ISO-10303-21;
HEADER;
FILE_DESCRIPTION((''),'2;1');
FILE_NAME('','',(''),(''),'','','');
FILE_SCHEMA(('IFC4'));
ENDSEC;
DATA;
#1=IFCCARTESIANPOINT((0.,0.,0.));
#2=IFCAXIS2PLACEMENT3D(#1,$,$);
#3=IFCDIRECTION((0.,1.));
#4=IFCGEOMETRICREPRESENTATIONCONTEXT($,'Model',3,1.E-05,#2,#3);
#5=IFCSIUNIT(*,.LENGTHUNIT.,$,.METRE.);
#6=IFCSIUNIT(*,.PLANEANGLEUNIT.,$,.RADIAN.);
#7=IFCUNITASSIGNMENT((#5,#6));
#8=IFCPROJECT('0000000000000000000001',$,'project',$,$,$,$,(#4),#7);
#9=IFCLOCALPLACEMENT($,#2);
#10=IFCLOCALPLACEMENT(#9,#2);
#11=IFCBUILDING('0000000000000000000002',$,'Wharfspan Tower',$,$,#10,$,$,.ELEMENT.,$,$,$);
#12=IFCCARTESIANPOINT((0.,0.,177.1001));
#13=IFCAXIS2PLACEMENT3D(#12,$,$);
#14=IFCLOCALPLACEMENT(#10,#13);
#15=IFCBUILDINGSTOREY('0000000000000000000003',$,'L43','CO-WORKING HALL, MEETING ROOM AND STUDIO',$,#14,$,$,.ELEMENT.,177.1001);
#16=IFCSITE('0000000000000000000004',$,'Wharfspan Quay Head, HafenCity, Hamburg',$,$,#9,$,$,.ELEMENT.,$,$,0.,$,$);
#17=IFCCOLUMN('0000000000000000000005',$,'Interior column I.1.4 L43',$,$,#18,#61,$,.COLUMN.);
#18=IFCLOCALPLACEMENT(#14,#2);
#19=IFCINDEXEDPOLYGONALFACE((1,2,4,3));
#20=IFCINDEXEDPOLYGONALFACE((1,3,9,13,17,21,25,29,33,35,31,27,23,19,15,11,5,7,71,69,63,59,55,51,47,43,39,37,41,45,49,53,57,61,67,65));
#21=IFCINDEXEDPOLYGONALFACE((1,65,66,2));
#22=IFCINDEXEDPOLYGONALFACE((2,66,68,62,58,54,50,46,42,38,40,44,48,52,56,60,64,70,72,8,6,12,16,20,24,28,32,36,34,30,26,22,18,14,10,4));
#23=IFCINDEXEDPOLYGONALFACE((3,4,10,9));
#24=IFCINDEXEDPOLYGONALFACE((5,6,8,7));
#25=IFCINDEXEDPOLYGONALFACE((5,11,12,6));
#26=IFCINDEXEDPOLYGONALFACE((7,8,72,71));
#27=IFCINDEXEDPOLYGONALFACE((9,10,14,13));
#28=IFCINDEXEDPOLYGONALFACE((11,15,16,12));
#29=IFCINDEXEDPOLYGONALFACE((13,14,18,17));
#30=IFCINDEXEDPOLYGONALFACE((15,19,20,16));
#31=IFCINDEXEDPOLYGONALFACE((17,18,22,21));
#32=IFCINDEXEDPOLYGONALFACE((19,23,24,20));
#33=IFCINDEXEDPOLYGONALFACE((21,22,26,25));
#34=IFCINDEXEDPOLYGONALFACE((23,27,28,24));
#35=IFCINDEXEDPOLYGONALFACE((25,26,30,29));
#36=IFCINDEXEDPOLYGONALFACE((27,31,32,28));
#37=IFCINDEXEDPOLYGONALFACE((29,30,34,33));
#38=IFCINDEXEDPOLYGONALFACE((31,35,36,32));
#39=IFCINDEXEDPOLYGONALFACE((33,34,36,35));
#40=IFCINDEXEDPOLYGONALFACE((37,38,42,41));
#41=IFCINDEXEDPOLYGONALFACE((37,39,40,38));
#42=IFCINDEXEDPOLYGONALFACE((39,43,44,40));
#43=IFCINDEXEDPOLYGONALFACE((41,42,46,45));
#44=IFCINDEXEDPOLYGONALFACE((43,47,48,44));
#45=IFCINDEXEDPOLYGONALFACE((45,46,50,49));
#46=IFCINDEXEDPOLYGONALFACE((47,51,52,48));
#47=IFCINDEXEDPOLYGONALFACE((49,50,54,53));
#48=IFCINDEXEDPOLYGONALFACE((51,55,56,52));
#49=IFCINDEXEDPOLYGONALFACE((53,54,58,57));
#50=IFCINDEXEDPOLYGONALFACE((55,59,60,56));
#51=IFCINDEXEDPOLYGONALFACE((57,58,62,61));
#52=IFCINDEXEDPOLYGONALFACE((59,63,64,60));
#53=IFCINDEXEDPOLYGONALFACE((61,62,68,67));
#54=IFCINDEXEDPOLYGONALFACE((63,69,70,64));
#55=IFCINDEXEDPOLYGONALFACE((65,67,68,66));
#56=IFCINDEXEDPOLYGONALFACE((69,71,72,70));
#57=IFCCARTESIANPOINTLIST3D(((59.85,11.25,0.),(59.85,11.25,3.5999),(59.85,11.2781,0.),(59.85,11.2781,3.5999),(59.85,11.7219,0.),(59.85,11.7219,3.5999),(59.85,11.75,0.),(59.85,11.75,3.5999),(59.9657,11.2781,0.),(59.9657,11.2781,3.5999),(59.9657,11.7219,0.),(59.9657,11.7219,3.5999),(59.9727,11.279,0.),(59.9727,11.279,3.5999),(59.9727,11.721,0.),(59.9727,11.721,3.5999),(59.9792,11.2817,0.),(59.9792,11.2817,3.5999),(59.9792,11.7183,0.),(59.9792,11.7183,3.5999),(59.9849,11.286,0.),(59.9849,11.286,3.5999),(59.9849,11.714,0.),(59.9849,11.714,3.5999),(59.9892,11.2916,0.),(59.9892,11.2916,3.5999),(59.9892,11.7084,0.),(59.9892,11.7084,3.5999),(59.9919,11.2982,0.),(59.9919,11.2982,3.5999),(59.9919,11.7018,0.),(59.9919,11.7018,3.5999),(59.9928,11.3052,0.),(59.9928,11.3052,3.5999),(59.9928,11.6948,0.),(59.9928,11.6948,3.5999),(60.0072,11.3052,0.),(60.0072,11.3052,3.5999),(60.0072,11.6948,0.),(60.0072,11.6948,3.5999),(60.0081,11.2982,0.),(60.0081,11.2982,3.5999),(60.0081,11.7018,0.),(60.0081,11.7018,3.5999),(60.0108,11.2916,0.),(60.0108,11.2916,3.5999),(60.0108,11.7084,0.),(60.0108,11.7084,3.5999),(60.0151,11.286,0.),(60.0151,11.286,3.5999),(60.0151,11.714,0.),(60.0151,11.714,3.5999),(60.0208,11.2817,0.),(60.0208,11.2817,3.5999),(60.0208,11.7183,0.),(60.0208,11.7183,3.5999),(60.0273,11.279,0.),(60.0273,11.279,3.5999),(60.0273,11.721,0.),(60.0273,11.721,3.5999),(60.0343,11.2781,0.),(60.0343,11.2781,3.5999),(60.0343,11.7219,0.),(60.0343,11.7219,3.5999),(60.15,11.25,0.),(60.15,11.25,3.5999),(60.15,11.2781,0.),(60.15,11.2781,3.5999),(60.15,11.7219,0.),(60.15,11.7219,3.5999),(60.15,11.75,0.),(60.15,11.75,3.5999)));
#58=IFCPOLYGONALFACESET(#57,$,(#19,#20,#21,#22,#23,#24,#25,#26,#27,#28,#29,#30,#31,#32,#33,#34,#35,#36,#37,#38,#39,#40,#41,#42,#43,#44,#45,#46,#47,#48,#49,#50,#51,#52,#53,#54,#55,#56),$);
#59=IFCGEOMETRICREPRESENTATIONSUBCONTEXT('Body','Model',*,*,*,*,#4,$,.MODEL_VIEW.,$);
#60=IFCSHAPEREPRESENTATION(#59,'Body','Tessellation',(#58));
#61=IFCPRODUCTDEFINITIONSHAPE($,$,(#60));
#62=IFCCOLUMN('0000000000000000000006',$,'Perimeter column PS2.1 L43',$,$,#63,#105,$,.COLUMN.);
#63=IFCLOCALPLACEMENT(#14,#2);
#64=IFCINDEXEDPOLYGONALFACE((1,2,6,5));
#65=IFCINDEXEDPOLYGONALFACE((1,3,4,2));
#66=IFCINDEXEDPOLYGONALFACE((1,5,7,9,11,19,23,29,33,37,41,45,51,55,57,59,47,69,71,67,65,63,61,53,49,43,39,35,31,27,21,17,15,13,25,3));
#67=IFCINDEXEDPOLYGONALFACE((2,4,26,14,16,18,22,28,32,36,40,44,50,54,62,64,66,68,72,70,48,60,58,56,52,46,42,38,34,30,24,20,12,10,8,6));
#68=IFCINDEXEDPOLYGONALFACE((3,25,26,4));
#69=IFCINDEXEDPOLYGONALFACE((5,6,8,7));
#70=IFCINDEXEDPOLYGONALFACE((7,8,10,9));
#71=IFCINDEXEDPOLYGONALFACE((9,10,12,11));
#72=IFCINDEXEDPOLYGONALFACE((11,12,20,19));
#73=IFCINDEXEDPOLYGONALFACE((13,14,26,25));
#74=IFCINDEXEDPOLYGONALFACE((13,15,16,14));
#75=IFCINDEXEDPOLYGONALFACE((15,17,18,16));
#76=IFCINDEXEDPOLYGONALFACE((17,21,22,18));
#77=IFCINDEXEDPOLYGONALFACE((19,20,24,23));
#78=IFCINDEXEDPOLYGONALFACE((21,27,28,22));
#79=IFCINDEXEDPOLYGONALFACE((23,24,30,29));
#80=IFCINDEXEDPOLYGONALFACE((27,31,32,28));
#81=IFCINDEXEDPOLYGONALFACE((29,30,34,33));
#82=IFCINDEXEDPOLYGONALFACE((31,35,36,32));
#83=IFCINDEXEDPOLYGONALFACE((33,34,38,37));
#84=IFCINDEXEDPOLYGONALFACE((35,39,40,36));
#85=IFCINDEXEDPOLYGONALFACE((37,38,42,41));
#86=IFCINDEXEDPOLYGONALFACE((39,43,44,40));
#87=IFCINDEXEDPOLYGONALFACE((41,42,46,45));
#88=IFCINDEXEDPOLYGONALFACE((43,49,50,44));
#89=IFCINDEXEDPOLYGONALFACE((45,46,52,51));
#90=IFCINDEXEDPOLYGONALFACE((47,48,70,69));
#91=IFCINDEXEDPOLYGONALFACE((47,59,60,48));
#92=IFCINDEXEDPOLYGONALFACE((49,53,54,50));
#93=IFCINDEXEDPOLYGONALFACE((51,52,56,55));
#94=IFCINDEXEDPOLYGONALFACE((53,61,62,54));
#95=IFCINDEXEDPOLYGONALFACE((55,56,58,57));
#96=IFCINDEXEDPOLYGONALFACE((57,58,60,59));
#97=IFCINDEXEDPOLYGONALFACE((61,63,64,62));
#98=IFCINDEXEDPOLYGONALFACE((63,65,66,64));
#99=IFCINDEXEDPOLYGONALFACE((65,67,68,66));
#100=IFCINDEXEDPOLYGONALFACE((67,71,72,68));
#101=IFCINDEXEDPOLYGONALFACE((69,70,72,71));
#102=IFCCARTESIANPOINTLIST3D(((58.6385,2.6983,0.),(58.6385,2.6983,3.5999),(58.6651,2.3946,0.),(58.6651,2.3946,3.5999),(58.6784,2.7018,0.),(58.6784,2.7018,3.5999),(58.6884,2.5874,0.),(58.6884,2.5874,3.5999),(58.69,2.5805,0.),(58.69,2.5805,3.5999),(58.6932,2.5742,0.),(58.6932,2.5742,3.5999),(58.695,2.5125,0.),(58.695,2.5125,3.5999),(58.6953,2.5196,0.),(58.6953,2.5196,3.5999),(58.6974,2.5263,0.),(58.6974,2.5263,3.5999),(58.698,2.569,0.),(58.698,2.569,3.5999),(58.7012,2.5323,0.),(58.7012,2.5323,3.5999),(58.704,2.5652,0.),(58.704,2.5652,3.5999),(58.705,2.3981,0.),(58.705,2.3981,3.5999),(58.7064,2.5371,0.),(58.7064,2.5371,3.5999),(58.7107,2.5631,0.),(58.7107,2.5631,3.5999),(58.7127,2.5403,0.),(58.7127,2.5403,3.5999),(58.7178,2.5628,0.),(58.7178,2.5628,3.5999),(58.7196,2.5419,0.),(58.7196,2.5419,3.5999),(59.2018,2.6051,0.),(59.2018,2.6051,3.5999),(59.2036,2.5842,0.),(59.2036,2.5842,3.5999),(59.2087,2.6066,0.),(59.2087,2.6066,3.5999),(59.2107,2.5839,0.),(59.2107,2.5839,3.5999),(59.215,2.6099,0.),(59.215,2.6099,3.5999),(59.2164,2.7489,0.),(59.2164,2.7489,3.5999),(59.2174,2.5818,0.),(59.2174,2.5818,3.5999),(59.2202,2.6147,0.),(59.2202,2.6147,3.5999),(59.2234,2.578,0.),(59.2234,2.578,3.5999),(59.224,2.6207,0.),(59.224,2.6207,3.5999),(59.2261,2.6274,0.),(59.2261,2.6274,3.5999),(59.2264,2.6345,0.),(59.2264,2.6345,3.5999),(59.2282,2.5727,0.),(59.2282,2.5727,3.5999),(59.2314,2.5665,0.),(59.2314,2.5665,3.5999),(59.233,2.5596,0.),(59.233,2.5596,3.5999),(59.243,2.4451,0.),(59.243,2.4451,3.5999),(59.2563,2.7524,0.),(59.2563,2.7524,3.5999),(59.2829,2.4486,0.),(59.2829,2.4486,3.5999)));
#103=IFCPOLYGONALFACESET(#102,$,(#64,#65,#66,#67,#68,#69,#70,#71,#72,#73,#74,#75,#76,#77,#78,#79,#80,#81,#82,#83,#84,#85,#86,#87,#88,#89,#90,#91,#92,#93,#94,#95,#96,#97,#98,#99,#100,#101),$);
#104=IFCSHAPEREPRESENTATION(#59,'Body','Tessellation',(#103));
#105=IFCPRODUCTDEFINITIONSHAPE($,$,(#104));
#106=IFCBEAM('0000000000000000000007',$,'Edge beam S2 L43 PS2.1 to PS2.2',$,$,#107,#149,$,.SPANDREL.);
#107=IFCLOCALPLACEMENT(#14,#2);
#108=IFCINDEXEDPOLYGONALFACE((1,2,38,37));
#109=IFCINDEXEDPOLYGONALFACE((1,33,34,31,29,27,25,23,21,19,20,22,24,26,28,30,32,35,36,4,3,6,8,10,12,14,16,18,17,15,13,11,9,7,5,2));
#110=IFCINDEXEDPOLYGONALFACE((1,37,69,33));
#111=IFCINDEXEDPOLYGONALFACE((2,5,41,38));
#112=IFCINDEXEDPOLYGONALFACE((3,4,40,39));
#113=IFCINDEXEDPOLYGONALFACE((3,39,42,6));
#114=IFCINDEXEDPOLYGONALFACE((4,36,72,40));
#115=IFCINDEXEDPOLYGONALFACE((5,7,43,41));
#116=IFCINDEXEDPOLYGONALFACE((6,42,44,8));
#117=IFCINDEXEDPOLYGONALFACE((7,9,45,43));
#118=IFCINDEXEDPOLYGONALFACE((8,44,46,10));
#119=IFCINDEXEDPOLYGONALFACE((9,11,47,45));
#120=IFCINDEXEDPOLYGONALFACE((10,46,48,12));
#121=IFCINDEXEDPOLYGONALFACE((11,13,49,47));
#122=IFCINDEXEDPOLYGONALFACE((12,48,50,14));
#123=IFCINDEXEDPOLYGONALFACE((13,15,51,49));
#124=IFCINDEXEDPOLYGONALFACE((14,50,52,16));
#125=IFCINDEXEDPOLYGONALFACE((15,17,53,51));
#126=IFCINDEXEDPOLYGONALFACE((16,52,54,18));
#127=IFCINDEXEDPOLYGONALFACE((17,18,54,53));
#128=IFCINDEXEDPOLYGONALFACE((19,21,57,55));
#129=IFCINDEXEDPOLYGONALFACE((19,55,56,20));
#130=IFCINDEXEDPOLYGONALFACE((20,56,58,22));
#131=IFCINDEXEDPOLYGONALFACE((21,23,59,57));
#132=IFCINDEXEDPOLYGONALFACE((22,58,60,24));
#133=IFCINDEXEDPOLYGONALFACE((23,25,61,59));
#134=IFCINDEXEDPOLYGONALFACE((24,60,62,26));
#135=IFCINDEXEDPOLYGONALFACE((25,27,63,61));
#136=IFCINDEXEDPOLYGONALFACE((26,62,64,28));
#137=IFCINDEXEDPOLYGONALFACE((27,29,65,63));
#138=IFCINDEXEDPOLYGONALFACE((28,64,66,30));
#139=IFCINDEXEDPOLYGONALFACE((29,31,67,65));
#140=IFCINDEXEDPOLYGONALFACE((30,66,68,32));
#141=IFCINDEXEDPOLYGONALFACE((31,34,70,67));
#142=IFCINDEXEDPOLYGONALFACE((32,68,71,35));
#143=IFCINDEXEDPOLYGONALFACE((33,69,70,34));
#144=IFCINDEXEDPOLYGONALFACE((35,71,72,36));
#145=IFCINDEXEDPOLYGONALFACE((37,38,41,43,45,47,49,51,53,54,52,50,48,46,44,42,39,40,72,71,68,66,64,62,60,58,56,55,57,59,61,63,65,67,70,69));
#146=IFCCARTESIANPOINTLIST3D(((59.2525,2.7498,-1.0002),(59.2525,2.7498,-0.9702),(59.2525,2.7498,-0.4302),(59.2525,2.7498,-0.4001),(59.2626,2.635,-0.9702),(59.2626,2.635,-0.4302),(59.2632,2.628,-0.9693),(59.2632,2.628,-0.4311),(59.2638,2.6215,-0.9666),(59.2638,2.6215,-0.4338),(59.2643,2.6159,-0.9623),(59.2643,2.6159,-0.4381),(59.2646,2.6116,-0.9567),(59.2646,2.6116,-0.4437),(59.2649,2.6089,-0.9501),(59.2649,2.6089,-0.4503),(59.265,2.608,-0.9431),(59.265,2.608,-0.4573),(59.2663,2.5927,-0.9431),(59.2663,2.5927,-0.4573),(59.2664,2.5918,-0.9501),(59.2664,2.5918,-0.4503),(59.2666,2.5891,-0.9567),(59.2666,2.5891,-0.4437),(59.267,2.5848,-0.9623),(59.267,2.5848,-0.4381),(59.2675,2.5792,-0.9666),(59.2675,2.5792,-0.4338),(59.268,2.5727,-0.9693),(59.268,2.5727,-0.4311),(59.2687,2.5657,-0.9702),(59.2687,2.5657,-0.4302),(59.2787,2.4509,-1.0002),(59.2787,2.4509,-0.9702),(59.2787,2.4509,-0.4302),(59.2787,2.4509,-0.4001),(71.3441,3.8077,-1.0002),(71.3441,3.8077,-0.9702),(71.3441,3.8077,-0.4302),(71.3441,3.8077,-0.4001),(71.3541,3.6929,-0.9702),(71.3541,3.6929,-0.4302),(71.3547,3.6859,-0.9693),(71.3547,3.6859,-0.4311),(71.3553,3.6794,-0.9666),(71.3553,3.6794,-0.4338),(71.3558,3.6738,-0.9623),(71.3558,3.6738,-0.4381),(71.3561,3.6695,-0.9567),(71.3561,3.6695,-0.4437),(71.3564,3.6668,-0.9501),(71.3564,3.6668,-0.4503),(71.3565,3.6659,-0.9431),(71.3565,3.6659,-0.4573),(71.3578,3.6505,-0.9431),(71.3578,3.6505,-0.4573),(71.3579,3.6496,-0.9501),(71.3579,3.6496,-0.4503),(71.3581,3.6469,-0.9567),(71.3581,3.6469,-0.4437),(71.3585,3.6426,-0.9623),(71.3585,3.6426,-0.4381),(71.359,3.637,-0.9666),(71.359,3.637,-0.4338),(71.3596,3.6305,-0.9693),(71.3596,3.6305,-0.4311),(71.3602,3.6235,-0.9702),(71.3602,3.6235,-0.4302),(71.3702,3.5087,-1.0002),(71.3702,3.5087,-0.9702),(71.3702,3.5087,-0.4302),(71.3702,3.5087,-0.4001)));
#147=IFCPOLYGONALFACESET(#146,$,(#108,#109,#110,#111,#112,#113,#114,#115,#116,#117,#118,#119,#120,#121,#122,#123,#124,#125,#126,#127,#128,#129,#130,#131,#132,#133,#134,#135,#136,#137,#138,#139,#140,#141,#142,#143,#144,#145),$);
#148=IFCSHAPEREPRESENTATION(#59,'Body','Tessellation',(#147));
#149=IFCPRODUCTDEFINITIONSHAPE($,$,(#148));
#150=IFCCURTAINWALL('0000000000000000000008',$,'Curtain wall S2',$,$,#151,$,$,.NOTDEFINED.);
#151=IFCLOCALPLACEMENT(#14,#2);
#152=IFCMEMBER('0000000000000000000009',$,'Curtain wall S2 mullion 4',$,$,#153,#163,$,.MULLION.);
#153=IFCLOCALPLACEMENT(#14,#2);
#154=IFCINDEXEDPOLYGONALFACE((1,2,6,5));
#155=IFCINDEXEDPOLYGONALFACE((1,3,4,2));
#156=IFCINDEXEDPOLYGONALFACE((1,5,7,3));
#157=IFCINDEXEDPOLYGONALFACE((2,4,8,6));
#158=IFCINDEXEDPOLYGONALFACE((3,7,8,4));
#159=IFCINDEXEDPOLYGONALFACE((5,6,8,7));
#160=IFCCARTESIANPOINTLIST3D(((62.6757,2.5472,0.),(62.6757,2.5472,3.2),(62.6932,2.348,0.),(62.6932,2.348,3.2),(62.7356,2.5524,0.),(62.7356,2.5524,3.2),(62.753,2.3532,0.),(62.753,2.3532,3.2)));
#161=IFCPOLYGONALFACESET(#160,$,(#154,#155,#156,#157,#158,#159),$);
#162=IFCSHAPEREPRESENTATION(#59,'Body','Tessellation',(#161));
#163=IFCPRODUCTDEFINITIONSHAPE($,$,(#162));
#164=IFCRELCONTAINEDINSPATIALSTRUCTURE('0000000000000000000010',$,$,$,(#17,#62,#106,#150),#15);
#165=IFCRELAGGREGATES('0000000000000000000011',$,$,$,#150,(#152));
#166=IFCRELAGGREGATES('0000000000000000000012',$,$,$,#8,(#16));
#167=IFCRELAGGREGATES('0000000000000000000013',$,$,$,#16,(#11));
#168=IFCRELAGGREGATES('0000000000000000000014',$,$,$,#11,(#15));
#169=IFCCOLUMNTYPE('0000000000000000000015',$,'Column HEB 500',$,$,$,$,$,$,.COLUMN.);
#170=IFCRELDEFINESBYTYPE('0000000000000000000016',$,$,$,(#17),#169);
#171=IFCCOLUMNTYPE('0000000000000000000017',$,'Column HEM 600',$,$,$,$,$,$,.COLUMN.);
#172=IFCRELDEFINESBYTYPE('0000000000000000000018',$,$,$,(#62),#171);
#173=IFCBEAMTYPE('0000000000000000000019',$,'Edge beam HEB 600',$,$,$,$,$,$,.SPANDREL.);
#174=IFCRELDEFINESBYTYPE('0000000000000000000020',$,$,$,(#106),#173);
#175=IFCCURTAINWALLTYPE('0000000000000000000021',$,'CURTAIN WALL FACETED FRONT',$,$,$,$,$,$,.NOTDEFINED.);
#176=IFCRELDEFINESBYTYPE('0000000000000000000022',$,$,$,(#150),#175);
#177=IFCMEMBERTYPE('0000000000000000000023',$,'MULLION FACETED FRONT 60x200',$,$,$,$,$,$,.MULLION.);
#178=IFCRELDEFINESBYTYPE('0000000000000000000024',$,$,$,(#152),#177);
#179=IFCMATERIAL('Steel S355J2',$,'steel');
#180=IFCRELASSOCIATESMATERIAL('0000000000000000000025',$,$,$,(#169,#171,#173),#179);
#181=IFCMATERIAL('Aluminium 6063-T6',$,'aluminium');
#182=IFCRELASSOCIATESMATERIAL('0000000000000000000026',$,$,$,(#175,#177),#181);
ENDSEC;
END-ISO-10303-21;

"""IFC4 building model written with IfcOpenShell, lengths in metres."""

from ifc_helpers import new_model, si_unit, direction, frame, origin, origin_2d, place, context, subcontext, project, spatial, rectangle, i_section, extrude, material, material_profile, profile_set, type_object, element, aggregate, save


model = new_model("IFC4")

# Units and contexts
model_context = context("Model", 3, precision=1e-05, world=origin(), true_north=direction((0.0, 1.0)))
body_context = subcontext(model_context, "Body", "Model", "MODEL_VIEW")
ifc_project = project(units=[si_unit("LENGTHUNIT", "METRE"), si_unit("PLANEANGLEUNIT", "RADIAN")], contexts=[model_context])

# Site, building, storey
site_placement = place(None, origin())
site = spatial("IfcSite", under=ifc_project, at=site_placement, Name="Wharfspan Quay Head, HafenCity, Hamburg", CompositionType="ELEMENT", RefElevation=0.0)
building_placement = place(site_placement, origin())
building = spatial("IfcBuilding", under=site, at=building_placement, Name="Wharfspan Tower", CompositionType="ELEMENT")
storey_placement = place(building_placement, frame((0.0, 0.0, 177.1001)))
storey = spatial("IfcBuildingStorey", under=building, at=storey_placement, Name="L43", Description="CO-WORKING HALL, MEETING ROOM AND STUDIO", CompositionType="ELEMENT", Elevation=177.1001)

# Columns
ifc_material_1 = material(Name="Steel S355J2", Category="steel")
ifc_material_profile_1 = material_profile(ifc_material_1, i_section(OverallWidth=0.3, OverallDepth=0.5, WebThickness=0.0144, FlangeThickness=0.0281, FilletRadius=0.0271, at=origin_2d()))
ifc_profile_set_1 = profile_set([ifc_material_profile_1], Name="Steel S355J2")
column_type_1 = type_object("IfcColumnType", Name="Column HEB 500", PredefinedType="COLUMN", material=ifc_profile_set_1)
column_1_placement = place(storey_placement, frame((60.0, 11.5, 0.0), z_axis=(0.0, 0.0, 1.0), x_axis=(1.0, 0.0, 0.0)))
element("IfcColumn", 1, at=column_1_placement, inside=storey, type_object=column_type_1, Name="Interior column I.1.4 L43", PredefinedType="COLUMN", context=body_context, shape_type="SweptSolid", body=[
    extrude(i_section(OverallWidth=0.3, OverallDepth=0.5, WebThickness=0.0144, FlangeThickness=0.0281, FilletRadius=0.0271, at=origin_2d()), origin(), (0.0, 0.0, 1.0), 3.5999),
])
ifc_material_profile_2 = material_profile(ifc_material_1, i_section(OverallWidth=0.3049, OverallDepth=0.6201, WebThickness=0.021, FlangeThickness=0.04, FilletRadius=0.0271, at=origin_2d()))
ifc_profile_set_2 = profile_set([ifc_material_profile_2], Name="Steel S355J2")
column_type_2 = type_object("IfcColumnType", Name="Column HEM 600", PredefinedType="COLUMN", material=ifc_profile_set_2)
column_2_placement = place(storey_placement, frame((58.9607, 2.5735, 0.0), z_axis=(0.0, 0.0, 1.0), x_axis=(0.087156, -0.996198, 0.0)))
element("IfcColumn", 2, at=column_2_placement, inside=storey, type_object=column_type_2, Name="Perimeter column PS2.1 L43", PredefinedType="COLUMN", context=body_context, shape_type="SweptSolid", body=[
    extrude(i_section(OverallWidth=0.3049, OverallDepth=0.6201, WebThickness=0.021, FlangeThickness=0.04, FilletRadius=0.0271, at=origin_2d()), origin(), (0.0, 0.0, 1.0), 3.5999),
])

# Beam
ifc_material_profile_3 = material_profile(ifc_material_1, i_section(OverallWidth=0.3, OverallDepth=0.6001, WebThickness=0.0154, FlangeThickness=0.03, FilletRadius=0.0271, at=origin_2d()))
ifc_profile_set_3 = profile_set([ifc_material_profile_3], Name="Steel S355J2")
beam_type = type_object("IfcBeamType", Name="Edge beam HEB 600", PredefinedType="SPANDREL", material=ifc_profile_set_3)
beam_placement = place(storey_placement, frame((59.2656, 2.6003, -0.7002), z_axis=(0.996195, 0.087155, 0.0), x_axis=(-0.087155, 0.996195, 0.0)))
element("IfcBeam", 3, at=beam_placement, inside=storey, type_object=beam_type, Name="Edge beam S2 L43 PS2.1 to PS2.2", PredefinedType="SPANDREL", context=body_context, shape_type="SweptSolid", body=[
    extrude(i_section(OverallWidth=0.3, OverallDepth=0.6001, WebThickness=0.0154, FlangeThickness=0.03, FilletRadius=0.0271, at=origin_2d()), origin(), (0.0, 0.0, 1.0), 12.1377),
])

# Curtain wall, member
ifc_material_2 = material(Name="Aluminium 6063-T6", Category="aluminium")
curtain_wall_type = type_object("IfcCurtainWallType", Name="CURTAIN WALL FACETED FRONT", PredefinedType="NOTDEFINED", material=ifc_material_2)
curtain_wall_placement = place(storey_placement, origin())
curtain_wall = element("IfcCurtainWall", 4, at=curtain_wall_placement, inside=storey, type_object=curtain_wall_type, Name="Curtain wall S2", PredefinedType="NOTDEFINED")
ifc_material_profile_4 = material_profile(ifc_material_2, rectangle(XDim=0.2, YDim=0.0601, at=origin_2d()))
ifc_profile_set_4 = profile_set([ifc_material_profile_4], Name="Aluminium 6063-T6")
member_type_1 = type_object("IfcMemberType", Name="MULLION FACETED FRONT 60x200", PredefinedType="MULLION", material=ifc_profile_set_4)
member_1_placement = place(storey_placement, frame((62.7144, 2.4502, 0.0), z_axis=(0.0, 0.0, 1.0), x_axis=(-0.087156, 0.996198, 0.0)))
member_1 = element("IfcMember", 5, at=member_1_placement, type_object=member_type_1, Name="Curtain wall S2 mullion 4", PredefinedType="MULLION", context=body_context, shape_type="SweptSolid", body=[
    extrude(rectangle(XDim=0.2, YDim=0.0601, at=origin_2d()), origin(), (0.0, 0.0, 1.0), 3.2),
])

aggregate(curtain_wall, [member_1])

save(model, "model.ifc")
